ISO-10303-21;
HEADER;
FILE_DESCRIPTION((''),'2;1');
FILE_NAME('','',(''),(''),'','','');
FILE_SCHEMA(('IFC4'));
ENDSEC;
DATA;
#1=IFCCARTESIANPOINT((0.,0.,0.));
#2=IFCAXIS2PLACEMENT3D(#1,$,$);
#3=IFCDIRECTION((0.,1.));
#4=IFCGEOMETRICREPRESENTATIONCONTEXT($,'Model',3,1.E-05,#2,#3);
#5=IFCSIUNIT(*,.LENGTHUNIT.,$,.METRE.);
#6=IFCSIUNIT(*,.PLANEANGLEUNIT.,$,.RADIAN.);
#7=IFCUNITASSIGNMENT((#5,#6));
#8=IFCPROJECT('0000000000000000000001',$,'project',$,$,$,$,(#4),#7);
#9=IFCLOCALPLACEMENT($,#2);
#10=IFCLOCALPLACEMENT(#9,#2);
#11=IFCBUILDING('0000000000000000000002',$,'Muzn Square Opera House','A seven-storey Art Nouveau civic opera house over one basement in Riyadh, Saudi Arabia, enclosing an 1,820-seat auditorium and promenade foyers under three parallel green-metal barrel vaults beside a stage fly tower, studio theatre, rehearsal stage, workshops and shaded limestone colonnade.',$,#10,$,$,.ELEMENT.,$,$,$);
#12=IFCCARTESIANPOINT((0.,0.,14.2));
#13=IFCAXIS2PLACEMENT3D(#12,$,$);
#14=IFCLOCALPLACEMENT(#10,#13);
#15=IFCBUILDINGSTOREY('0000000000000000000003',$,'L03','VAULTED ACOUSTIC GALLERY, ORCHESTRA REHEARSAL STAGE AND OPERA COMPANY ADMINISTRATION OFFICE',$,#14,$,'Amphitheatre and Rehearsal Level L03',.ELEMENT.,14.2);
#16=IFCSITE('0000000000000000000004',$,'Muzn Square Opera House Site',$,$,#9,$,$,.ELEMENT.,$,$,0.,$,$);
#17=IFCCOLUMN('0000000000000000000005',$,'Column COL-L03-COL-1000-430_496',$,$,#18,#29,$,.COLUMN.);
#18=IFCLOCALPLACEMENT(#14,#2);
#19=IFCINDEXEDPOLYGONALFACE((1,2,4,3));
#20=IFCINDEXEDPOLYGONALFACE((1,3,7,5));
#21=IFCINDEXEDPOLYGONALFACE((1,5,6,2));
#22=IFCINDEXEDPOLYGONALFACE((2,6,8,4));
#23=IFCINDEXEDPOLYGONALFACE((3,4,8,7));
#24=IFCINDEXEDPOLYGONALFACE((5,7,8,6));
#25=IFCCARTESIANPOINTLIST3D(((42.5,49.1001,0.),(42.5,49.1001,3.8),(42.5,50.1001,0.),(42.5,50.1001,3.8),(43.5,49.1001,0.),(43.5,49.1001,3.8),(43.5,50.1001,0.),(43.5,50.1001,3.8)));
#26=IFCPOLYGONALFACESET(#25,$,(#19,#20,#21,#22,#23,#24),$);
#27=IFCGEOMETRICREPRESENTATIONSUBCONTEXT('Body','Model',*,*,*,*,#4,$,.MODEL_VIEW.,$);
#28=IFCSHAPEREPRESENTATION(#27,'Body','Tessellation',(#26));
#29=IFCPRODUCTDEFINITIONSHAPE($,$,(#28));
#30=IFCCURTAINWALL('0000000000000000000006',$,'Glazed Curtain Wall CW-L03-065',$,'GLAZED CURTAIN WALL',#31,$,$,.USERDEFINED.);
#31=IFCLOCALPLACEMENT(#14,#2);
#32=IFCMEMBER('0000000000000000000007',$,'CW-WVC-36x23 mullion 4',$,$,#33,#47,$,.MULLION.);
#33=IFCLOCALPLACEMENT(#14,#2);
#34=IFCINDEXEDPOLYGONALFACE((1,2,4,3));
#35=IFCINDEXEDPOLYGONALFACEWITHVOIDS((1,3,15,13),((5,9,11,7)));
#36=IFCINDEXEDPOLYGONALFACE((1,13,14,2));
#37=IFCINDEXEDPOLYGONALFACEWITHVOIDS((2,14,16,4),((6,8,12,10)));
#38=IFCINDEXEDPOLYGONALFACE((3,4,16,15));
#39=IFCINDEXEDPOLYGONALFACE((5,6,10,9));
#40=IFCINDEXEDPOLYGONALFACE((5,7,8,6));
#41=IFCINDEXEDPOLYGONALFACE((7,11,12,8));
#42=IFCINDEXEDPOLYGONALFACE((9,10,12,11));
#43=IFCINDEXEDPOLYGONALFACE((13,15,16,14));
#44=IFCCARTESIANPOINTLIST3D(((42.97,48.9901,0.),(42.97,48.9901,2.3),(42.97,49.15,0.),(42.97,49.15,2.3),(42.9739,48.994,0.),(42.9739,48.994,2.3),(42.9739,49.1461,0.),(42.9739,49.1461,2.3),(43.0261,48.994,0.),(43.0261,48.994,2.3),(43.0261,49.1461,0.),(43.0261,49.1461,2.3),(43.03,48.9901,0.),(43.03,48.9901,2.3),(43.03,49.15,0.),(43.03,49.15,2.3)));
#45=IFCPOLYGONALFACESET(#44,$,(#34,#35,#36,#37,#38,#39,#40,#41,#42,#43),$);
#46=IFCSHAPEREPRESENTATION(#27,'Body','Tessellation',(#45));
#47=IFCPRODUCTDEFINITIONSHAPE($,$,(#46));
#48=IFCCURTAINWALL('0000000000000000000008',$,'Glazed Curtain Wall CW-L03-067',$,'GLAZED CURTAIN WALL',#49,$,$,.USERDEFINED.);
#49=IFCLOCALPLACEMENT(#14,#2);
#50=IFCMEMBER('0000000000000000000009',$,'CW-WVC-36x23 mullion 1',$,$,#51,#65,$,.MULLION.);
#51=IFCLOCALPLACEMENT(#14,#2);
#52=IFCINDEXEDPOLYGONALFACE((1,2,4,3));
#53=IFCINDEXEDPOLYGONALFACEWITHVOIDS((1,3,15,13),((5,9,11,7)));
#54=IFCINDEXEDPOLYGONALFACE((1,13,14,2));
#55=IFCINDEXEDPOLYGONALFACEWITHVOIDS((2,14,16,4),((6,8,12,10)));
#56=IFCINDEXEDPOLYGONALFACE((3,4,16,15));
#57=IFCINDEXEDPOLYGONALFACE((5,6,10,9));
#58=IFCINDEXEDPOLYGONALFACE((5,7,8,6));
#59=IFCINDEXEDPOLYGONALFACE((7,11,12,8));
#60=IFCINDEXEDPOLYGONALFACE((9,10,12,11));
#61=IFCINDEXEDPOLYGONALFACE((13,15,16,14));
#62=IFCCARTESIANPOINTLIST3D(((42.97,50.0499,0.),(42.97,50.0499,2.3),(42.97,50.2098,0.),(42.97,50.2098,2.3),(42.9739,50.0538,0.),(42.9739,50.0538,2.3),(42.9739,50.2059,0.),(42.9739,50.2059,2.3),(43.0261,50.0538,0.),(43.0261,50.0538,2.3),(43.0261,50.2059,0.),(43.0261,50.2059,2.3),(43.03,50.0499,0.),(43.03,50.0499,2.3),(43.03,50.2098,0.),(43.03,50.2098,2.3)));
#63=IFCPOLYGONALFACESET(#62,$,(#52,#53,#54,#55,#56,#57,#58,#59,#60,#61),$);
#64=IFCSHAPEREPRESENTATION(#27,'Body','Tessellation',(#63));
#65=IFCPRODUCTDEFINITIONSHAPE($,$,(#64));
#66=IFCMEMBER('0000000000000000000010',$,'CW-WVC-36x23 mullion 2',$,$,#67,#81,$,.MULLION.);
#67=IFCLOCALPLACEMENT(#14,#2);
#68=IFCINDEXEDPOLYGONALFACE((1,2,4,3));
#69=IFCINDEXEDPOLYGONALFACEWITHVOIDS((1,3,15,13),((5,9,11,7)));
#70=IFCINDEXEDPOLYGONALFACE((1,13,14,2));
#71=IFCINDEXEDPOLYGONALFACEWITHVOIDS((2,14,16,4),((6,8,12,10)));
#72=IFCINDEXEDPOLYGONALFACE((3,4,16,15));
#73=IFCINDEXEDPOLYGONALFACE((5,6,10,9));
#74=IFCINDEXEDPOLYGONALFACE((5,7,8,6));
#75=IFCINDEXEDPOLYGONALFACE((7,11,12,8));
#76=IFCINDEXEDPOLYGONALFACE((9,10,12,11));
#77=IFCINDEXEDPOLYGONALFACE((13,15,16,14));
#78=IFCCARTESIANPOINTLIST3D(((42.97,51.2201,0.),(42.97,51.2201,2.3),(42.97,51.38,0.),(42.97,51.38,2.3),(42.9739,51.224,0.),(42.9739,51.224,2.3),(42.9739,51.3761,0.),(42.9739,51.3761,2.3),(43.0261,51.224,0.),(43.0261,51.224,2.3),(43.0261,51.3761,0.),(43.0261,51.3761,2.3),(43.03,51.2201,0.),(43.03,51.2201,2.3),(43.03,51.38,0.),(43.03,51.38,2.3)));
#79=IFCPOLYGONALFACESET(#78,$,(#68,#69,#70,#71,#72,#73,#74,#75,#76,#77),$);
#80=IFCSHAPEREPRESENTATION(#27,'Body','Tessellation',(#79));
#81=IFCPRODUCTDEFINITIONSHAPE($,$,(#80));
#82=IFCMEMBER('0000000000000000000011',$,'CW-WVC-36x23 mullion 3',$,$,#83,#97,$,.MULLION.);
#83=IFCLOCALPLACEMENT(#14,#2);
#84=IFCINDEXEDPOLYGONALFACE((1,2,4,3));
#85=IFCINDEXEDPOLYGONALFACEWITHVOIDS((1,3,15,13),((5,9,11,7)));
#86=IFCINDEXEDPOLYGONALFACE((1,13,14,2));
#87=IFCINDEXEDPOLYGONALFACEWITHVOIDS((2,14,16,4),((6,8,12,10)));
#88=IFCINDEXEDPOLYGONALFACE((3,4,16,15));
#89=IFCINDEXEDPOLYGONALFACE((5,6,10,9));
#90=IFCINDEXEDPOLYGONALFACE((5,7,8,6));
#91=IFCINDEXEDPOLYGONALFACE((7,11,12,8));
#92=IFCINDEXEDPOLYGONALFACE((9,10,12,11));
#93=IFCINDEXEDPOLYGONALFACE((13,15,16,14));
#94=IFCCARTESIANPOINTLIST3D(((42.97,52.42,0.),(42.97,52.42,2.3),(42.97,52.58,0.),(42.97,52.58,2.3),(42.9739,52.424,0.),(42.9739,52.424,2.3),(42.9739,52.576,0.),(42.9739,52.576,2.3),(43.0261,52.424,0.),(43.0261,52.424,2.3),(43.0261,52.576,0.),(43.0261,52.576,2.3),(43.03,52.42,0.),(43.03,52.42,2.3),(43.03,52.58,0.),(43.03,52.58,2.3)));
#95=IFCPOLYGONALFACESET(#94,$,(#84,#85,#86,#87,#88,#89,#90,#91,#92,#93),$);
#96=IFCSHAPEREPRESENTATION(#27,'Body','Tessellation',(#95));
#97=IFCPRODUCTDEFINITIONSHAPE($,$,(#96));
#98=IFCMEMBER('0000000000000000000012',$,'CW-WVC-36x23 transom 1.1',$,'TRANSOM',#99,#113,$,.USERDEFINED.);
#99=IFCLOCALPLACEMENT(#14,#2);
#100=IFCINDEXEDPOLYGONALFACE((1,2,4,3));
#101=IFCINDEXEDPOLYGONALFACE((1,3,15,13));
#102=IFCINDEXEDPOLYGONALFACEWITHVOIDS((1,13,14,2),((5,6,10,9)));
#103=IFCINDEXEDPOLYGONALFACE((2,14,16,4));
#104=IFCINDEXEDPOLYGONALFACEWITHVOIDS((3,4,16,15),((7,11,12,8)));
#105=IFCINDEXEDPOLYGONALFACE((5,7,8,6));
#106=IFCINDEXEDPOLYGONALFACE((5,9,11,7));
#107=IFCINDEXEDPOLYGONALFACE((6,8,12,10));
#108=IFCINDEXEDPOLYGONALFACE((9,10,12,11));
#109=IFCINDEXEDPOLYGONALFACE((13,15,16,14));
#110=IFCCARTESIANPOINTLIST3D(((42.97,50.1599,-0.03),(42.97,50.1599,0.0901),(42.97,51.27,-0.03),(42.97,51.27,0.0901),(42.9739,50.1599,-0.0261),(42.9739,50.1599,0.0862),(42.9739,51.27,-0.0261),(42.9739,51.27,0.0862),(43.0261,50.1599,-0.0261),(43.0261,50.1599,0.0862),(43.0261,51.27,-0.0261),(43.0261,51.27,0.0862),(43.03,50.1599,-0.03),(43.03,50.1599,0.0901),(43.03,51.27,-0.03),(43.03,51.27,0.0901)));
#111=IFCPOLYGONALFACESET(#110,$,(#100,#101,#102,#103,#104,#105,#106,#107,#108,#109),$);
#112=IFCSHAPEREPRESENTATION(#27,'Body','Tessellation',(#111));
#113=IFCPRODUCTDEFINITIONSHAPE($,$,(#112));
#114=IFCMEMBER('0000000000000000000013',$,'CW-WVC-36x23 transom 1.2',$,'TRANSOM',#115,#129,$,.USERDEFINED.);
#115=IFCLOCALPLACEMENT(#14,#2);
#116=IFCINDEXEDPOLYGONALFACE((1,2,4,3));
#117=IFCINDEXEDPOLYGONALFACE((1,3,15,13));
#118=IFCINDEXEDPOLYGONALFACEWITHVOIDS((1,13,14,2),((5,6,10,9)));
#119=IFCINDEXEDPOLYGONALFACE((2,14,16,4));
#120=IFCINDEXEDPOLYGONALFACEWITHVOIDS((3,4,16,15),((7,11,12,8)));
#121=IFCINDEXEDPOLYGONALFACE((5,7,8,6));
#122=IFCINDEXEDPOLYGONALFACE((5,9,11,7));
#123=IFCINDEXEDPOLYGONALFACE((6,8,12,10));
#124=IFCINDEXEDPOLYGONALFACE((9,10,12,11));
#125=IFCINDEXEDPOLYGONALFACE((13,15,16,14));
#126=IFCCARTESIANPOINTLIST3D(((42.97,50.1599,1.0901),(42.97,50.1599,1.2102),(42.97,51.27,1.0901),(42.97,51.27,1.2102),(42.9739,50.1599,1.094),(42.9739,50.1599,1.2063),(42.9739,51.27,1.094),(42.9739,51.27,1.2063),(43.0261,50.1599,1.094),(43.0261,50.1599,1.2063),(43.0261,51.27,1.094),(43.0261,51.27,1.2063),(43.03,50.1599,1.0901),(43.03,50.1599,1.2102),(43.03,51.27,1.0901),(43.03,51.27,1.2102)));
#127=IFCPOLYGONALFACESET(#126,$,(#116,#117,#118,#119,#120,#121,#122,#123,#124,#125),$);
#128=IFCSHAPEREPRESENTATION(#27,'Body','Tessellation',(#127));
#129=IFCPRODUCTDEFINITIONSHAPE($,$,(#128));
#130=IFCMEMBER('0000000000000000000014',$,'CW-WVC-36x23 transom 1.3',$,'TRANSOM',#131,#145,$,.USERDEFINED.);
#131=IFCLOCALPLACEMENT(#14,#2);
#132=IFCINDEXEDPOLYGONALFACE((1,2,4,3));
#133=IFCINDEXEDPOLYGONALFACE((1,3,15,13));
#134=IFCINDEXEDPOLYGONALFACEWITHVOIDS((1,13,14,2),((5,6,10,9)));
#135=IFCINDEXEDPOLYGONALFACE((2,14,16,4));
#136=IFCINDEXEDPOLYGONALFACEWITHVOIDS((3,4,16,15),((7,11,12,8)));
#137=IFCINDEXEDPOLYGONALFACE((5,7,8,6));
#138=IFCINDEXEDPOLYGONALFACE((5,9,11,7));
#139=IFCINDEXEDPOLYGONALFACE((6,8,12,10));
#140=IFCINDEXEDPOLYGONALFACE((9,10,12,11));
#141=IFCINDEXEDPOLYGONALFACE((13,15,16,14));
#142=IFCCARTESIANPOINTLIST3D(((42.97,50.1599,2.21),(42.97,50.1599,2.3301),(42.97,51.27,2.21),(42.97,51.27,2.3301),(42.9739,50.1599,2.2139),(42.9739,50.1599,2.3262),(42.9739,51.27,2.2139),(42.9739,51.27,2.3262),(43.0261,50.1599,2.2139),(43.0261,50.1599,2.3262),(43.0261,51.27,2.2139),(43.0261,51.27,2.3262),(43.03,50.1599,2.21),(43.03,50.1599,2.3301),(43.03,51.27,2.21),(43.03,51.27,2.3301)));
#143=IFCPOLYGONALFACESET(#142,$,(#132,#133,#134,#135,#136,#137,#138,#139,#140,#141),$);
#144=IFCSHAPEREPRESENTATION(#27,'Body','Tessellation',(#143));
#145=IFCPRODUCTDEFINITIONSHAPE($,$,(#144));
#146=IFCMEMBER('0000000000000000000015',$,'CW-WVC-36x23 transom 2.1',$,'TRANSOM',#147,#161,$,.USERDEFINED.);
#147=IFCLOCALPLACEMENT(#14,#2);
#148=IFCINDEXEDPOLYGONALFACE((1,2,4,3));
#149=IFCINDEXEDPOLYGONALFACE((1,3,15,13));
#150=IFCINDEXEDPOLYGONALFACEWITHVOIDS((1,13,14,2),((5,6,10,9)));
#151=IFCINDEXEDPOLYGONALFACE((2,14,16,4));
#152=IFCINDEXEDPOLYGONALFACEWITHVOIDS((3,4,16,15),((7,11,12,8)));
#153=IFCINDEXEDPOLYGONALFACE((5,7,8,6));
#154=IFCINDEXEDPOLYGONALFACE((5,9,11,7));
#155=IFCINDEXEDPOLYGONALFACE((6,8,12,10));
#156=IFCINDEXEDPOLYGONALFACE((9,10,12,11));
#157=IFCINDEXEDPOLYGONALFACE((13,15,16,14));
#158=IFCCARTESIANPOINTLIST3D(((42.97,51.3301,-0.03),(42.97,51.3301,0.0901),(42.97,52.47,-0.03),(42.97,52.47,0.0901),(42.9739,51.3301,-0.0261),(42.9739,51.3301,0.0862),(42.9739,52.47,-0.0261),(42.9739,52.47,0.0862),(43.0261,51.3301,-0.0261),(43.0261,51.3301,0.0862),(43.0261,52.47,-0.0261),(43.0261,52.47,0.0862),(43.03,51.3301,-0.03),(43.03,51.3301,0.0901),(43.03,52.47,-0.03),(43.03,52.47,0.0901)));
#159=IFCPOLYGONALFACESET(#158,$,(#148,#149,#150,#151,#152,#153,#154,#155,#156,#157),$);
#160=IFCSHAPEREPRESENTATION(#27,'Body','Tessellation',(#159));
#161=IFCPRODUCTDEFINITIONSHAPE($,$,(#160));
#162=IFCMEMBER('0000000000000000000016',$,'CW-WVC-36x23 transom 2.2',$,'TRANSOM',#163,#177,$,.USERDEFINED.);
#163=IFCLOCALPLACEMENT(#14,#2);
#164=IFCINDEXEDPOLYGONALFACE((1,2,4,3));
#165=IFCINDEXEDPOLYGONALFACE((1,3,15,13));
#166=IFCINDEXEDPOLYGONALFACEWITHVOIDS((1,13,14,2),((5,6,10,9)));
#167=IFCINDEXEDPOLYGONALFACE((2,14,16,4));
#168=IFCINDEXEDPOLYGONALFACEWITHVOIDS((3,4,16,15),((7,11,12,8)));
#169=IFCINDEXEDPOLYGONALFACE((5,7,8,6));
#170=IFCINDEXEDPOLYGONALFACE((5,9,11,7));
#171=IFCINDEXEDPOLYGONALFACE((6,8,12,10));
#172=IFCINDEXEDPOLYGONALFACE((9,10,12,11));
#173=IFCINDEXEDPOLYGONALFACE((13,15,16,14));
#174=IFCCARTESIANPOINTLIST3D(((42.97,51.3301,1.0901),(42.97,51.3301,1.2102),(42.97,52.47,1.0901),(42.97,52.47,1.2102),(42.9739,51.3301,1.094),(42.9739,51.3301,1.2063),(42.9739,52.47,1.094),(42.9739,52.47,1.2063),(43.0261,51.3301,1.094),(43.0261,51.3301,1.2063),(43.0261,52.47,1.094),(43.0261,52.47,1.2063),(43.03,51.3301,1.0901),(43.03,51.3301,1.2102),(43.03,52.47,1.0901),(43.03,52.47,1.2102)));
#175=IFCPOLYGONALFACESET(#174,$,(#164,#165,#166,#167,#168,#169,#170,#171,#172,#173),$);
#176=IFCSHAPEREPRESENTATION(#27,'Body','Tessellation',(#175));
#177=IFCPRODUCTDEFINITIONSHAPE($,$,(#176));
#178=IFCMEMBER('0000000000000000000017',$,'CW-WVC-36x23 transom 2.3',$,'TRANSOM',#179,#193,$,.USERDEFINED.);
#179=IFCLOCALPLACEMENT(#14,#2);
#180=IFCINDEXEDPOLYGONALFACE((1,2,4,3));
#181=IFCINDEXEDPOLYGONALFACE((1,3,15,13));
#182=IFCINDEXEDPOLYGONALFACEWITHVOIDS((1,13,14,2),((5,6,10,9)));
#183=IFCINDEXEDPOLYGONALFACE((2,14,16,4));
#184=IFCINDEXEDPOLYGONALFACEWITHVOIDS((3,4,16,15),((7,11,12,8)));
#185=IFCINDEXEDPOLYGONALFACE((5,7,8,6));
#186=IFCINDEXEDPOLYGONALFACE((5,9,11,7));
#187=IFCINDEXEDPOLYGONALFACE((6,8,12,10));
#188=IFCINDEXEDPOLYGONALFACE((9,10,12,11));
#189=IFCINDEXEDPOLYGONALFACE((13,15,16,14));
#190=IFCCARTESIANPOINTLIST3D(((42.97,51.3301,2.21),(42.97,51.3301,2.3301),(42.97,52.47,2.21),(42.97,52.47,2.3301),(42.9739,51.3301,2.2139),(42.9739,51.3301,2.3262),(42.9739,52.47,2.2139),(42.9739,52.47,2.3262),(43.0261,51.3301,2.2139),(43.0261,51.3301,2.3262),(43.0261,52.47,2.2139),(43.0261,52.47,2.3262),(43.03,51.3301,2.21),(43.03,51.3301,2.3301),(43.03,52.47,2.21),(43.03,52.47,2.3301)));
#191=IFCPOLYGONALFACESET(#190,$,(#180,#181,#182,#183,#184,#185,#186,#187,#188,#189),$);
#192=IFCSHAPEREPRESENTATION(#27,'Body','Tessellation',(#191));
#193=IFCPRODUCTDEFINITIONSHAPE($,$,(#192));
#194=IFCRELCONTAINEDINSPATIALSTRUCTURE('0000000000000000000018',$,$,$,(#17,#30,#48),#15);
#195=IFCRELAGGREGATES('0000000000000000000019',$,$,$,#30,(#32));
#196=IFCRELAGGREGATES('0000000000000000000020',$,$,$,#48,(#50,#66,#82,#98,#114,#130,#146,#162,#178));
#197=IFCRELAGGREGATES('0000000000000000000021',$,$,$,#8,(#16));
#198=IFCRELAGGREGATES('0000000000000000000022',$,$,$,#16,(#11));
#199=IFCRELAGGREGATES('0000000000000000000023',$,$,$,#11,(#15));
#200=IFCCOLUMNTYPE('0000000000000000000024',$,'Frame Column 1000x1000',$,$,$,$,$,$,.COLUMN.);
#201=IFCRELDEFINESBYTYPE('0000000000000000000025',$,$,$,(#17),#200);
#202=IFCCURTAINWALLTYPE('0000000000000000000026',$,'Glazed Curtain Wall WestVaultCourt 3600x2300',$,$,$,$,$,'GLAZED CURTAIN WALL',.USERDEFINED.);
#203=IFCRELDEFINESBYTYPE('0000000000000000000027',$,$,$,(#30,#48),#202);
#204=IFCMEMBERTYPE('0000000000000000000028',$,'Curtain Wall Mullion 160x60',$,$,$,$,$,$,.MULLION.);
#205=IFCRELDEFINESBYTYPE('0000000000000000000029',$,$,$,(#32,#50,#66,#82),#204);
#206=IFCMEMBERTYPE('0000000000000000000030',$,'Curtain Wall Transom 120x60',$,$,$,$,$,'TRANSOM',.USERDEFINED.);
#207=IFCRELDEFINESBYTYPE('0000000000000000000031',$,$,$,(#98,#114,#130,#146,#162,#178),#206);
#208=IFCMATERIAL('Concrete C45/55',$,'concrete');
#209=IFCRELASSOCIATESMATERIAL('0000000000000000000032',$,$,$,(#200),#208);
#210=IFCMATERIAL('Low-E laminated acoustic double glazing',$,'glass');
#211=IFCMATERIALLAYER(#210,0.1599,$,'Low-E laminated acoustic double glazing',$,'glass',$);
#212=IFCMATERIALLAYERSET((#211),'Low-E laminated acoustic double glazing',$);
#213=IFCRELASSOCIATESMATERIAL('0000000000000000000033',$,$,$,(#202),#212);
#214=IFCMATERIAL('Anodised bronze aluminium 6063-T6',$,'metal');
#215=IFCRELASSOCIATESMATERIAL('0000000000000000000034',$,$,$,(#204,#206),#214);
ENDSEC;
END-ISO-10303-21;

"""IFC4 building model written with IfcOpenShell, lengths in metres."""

from ifc_helpers import new_model, si_unit, direction, frame, origin, origin_2d, place, context, subcontext, project, spatial, rectangle, hollow_rectangle, extrude, material, layer, layer_set, material_profile, profile_set, type_object, element, aggregate, save


model = new_model("IFC4")

# Units and contexts
model_context = context("Model", 3, precision=1e-05, world=origin(), true_north=direction((0.0, 1.0)))
body_context = subcontext(model_context, "Body", "Model", "MODEL_VIEW")
ifc_project = project(units=[si_unit("LENGTHUNIT", "METRE"), si_unit("PLANEANGLEUNIT", "RADIAN")], contexts=[model_context])

# Site, building, storey
site_placement = place(None, origin())
site = spatial("IfcSite", under=ifc_project, at=site_placement, Name="Muzn Square Opera House Site", CompositionType="ELEMENT", RefElevation=0.0)
building_placement = place(site_placement, origin())
building = spatial("IfcBuilding", under=site, at=building_placement, Name="Muzn Square Opera House", Description="A seven-storey Art Nouveau civic opera house over one basement in Riyadh, Saudi Arabia, enclosing an 1,820-seat auditorium and promenade foyers under three parallel green-metal barrel vaults beside a stage fly tower, studio theatre, rehearsal stage, workshops and shaded limestone colonnade.", CompositionType="ELEMENT")
storey_placement = place(building_placement, frame((0.0, 0.0, 14.2)))
storey = spatial("IfcBuildingStorey", under=building, at=storey_placement, Name="L03", Description="VAULTED ACOUSTIC GALLERY, ORCHESTRA REHEARSAL STAGE AND OPERA COMPANY ADMINISTRATION OFFICE", LongName="Amphitheatre and Rehearsal Level L03", CompositionType="ELEMENT", Elevation=14.2)

# Column
ifc_material_1 = material(Name="Concrete C45/55", Category="concrete")
ifc_material_profile_1 = material_profile(ifc_material_1, rectangle(XDim=1.0, YDim=1.0, at=origin_2d()), Name="RC 1000x1000", Category="concrete")
ifc_profile_set_1 = profile_set([ifc_material_profile_1], Name="Concrete C45/55")
column_type = type_object("IfcColumnType", Name="Frame Column 1000x1000", PredefinedType="COLUMN", material=ifc_profile_set_1)
column_placement = place(storey_placement, frame((43.0, 49.6001, 0.0), z_axis=(0.0, 0.0, 1.0), x_axis=(1.0, 0.0, 0.0)))
element("IfcColumn", 1, at=column_placement, inside=storey, type_object=column_type, Name="Column COL-L03-COL-1000-430_496", PredefinedType="COLUMN", context=body_context, shape_type="SweptSolid", body=[
    extrude(rectangle(XDim=1.0, YDim=1.0, at=origin_2d()), origin(), (0.0, 0.0, 1.0), 3.8),
])

# Curtain wall, member
ifc_material_2 = material(Name="Low-E laminated acoustic double glazing", Category="glass")
ifc_layer_1 = layer(ifc_material_2, 0.1599, Name="Low-E laminated acoustic double glazing", Category="glass")
ifc_layer_set_1 = layer_set([ifc_layer_1], Name="Low-E laminated acoustic double glazing")
curtain_wall_type = type_object("IfcCurtainWallType", Name="Glazed Curtain Wall WestVaultCourt 3600x2300", ElementType="GLAZED CURTAIN WALL", PredefinedType="USERDEFINED", material=ifc_layer_set_1)
curtain_wall_1_placement = place(storey_placement, origin())
curtain_wall_1 = element("IfcCurtainWall", 2, at=curtain_wall_1_placement, inside=storey, type_object=curtain_wall_type, Name="Glazed Curtain Wall CW-L03-065", ObjectType="GLAZED CURTAIN WALL", PredefinedType="USERDEFINED")
ifc_material_3 = material(Name="Anodised bronze aluminium 6063-T6", Category="metal")
ifc_material_profile_2 = material_profile(ifc_material_3, hollow_rectangle(XDim=0.0601, YDim=0.1599, WallThickness=0.0039, at=origin_2d()), Name="ALU 160x60x4", Category="metal")
ifc_profile_set_2 = profile_set([ifc_material_profile_2], Name="Anodised bronze aluminium 6063-T6")
member_type_1 = type_object("IfcMemberType", Name="Curtain Wall Mullion 160x60", PredefinedType="MULLION", material=ifc_profile_set_2)
member_1_placement = place(storey_placement, frame((43.0, 49.0701, 0.0), z_axis=(0.0, 0.0, 1.0), x_axis=(-1.0, 0.0, 0.0)))
member_1 = element("IfcMember", 3, at=member_1_placement, type_object=member_type_1, Name="CW-WVC-36x23 mullion 4", PredefinedType="MULLION", context=body_context, shape_type="SweptSolid", body=[
    extrude(hollow_rectangle(XDim=0.0601, YDim=0.1599, WallThickness=0.0039, at=origin_2d()), origin(), (0.0, 0.0, 1.0), 2.3),
])

# Curtain wall, members
curtain_wall_2_placement = place(storey_placement, origin())
curtain_wall_2 = element("IfcCurtainWall", 4, at=curtain_wall_2_placement, inside=storey, type_object=curtain_wall_type, Name="Glazed Curtain Wall CW-L03-067", ObjectType="GLAZED CURTAIN WALL", PredefinedType="USERDEFINED")
member_2_placement = place(storey_placement, frame((43.0, 50.1299, 0.0), z_axis=(0.0, 0.0, 1.0), x_axis=(-1.0, 0.0, 0.0)))
member_2 = element("IfcMember", 5, at=member_2_placement, type_object=member_type_1, Name="CW-WVC-36x23 mullion 1", PredefinedType="MULLION", context=body_context, shape_type="SweptSolid", body=[
    extrude(hollow_rectangle(XDim=0.0601, YDim=0.1599, WallThickness=0.0039, at=origin_2d()), origin(), (0.0, 0.0, 1.0), 2.3),
])
member_3_placement = place(storey_placement, frame((43.0, 51.3, 0.0), z_axis=(0.0, 0.0, 1.0), x_axis=(-1.0, 0.0, 0.0)))
member_3 = element("IfcMember", 6, at=member_3_placement, type_object=member_type_1, Name="CW-WVC-36x23 mullion 2", PredefinedType="MULLION", context=body_context, shape_type="SweptSolid", body=[
    extrude(hollow_rectangle(XDim=0.0601, YDim=0.1599, WallThickness=0.0039, at=origin_2d()), origin(), (0.0, 0.0, 1.0), 2.3),
])
member_4_placement = place(storey_placement, frame((43.0, 52.5, 0.0), z_axis=(0.0, 0.0, 1.0), x_axis=(-1.0, 0.0, 0.0)))
member_4 = element("IfcMember", 7, at=member_4_placement, type_object=member_type_1, Name="CW-WVC-36x23 mullion 3", PredefinedType="MULLION", context=body_context, shape_type="SweptSolid", body=[
    extrude(hollow_rectangle(XDim=0.0601, YDim=0.1599, WallThickness=0.0039, at=origin_2d()), origin(), (0.0, 0.0, 1.0), 2.3),
])
ifc_material_profile_3 = material_profile(ifc_material_3, hollow_rectangle(XDim=0.0601, YDim=0.1201, WallThickness=0.0039, at=origin_2d()), Name="ALU 120x60x4", Category="metal")
ifc_profile_set_3 = profile_set([ifc_material_profile_3], Name="Anodised bronze aluminium 6063-T6")
member_type_2 = type_object("IfcMemberType", Name="Curtain Wall Transom 120x60", ElementType="TRANSOM", PredefinedType="USERDEFINED", material=ifc_profile_set_3)
member_5_placement = place(storey_placement, frame((43.0, 50.1599, 0.03), z_axis=(0.0, 1.0, 0.0), x_axis=(-1.0, 0.0, 0.0)))
member_5 = element("IfcMember", 8, at=member_5_placement, type_object=member_type_2, Name="CW-WVC-36x23 transom 1.1", ObjectType="TRANSOM", PredefinedType="USERDEFINED", context=body_context, shape_type="SweptSolid", body=[
    extrude(hollow_rectangle(XDim=0.0601, YDim=0.1201, WallThickness=0.0039, at=origin_2d()), origin(), (0.0, 0.0, 1.0), 1.1101),
])
member_6_placement = place(storey_placement, frame((43.0, 50.1599, 1.1501), z_axis=(0.0, 1.0, 0.0), x_axis=(-1.0, 0.0, 0.0)))
member_6 = element("IfcMember", 9, at=member_6_placement, type_object=member_type_2, Name="CW-WVC-36x23 transom 1.2", ObjectType="TRANSOM", PredefinedType="USERDEFINED", context=body_context, shape_type="SweptSolid", body=[
    extrude(hollow_rectangle(XDim=0.0601, YDim=0.1201, WallThickness=0.0039, at=origin_2d()), origin(), (0.0, 0.0, 1.0), 1.1101),
])
member_7_placement = place(storey_placement, frame((43.0, 50.1599, 2.27), z_axis=(0.0, 1.0, 0.0), x_axis=(-1.0, 0.0, 0.0)))
member_7 = element("IfcMember", 10, at=member_7_placement, type_object=member_type_2, Name="CW-WVC-36x23 transom 1.3", ObjectType="TRANSOM", PredefinedType="USERDEFINED", context=body_context, shape_type="SweptSolid", body=[
    extrude(hollow_rectangle(XDim=0.0601, YDim=0.1201, WallThickness=0.0039, at=origin_2d()), origin(), (0.0, 0.0, 1.0), 1.1101),
])
member_8_placement = place(storey_placement, frame((43.0, 51.3301, 0.03), z_axis=(0.0, 1.0, 0.0), x_axis=(-1.0, 0.0, 0.0)))
member_8 = element("IfcMember", 11, at=member_8_placement, type_object=member_type_2, Name="CW-WVC-36x23 transom 2.1", ObjectType="TRANSOM", PredefinedType="USERDEFINED", context=body_context, shape_type="SweptSolid", body=[
    extrude(hollow_rectangle(XDim=0.0601, YDim=0.1201, WallThickness=0.0039, at=origin_2d()), origin(), (0.0, 0.0, 1.0), 1.1399),
])
member_9_placement = place(storey_placement, frame((43.0, 51.3301, 1.1501), z_axis=(0.0, 1.0, 0.0), x_axis=(-1.0, 0.0, 0.0)))
member_9 = element("IfcMember", 12, at=member_9_placement, type_object=member_type_2, Name="CW-WVC-36x23 transom 2.2", ObjectType="TRANSOM", PredefinedType="USERDEFINED", context=body_context, shape_type="SweptSolid", body=[
    extrude(hollow_rectangle(XDim=0.0601, YDim=0.1201, WallThickness=0.0039, at=origin_2d()), origin(), (0.0, 0.0, 1.0), 1.1399),
])
member_10_placement = place(storey_placement, frame((43.0, 51.3301, 2.27), z_axis=(0.0, 1.0, 0.0), x_axis=(-1.0, 0.0, 0.0)))
member_10 = element("IfcMember", 13, at=member_10_placement, type_object=member_type_2, Name="CW-WVC-36x23 transom 2.3", ObjectType="TRANSOM", PredefinedType="USERDEFINED", context=body_context, shape_type="SweptSolid", body=[
    extrude(hollow_rectangle(XDim=0.0601, YDim=0.1201, WallThickness=0.0039, at=origin_2d()), origin(), (0.0, 0.0, 1.0), 1.1399),
])

aggregate(curtain_wall_1, [member_1])
aggregate(curtain_wall_2, [member_2, member_3, member_4, member_5, member_6, member_7, member_8, member_9, member_10])

save(model, "model.ifc")
